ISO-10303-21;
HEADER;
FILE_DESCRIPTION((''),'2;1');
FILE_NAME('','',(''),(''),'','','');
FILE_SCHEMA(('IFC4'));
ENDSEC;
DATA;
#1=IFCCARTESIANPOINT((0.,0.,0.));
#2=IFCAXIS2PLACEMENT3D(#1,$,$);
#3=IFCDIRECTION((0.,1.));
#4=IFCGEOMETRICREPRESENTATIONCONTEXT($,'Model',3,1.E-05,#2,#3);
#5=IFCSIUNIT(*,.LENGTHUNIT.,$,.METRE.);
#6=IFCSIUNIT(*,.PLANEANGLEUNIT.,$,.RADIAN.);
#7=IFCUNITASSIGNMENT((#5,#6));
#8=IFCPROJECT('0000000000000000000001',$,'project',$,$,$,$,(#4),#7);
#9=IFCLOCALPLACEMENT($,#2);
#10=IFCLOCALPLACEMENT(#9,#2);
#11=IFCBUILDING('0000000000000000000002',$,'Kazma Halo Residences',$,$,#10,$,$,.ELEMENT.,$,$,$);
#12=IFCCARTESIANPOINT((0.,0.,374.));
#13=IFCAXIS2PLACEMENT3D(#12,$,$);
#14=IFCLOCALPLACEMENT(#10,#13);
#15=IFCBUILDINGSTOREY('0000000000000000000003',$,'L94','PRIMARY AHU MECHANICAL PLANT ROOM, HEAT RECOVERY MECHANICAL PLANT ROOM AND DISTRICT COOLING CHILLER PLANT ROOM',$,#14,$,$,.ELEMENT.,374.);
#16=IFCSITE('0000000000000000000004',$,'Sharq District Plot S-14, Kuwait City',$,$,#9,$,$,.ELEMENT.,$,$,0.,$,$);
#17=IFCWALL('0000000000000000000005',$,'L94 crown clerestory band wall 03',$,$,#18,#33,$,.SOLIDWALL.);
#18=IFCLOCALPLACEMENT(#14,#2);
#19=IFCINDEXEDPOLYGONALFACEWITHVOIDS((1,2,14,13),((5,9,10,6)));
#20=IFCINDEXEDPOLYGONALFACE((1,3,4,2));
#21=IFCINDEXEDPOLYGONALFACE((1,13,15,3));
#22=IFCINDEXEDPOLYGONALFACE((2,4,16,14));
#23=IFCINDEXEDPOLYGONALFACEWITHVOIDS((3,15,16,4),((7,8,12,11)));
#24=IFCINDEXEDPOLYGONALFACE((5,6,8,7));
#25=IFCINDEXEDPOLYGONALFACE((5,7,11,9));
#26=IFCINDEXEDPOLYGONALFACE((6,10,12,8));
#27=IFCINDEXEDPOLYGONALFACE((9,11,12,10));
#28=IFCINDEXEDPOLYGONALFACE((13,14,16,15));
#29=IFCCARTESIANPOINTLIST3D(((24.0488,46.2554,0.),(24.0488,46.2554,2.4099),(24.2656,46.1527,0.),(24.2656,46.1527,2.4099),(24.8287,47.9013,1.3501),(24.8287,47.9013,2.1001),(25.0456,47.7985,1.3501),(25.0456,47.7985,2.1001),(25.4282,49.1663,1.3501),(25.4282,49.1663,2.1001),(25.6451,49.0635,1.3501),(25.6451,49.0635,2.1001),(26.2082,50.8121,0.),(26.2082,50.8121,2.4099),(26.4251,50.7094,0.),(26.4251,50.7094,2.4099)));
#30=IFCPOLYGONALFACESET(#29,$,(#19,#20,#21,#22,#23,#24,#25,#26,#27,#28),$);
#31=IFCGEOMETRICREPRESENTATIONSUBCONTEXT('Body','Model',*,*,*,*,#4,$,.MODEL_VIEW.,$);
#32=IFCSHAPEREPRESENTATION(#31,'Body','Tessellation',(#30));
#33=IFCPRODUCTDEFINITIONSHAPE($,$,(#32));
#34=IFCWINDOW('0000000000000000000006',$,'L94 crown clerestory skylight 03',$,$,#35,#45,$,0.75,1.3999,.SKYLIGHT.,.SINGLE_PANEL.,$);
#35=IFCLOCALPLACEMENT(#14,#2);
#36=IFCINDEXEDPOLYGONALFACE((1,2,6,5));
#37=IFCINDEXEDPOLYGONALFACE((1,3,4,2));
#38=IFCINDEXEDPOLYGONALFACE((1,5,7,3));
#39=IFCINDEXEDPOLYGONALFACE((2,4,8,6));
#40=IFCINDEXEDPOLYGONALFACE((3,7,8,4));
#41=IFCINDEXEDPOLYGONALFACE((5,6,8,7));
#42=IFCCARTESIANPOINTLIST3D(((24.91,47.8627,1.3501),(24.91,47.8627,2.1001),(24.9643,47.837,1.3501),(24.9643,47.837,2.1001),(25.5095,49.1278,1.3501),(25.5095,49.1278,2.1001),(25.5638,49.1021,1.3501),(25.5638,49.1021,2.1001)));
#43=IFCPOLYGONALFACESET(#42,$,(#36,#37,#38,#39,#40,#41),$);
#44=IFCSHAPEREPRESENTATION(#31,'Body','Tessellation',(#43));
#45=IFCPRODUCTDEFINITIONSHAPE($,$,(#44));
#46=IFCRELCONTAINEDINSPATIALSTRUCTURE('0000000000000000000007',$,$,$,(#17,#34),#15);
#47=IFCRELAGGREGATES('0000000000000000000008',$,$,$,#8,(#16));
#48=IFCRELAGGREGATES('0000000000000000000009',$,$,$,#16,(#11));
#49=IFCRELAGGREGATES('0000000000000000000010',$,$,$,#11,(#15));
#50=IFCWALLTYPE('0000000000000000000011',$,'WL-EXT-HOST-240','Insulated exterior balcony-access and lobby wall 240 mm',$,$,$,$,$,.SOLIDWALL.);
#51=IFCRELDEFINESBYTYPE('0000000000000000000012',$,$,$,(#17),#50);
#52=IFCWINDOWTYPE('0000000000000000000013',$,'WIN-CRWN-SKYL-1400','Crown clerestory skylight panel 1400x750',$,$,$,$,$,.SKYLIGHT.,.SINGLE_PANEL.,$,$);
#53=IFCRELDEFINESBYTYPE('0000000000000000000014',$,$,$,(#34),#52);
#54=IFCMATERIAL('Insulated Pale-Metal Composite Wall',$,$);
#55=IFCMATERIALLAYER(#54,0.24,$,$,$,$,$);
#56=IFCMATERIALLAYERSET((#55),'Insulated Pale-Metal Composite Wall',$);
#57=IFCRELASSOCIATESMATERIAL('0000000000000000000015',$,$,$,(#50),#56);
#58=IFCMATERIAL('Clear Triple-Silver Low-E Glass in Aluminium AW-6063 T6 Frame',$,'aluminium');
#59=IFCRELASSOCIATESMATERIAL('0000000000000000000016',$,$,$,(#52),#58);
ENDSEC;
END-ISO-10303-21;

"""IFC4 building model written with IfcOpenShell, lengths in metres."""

from ifc_helpers import new_model, si_unit, direction, frame, frame_2d, origin, place, context, subcontext, project, spatial, rectangle, extrude, material, layer, layer_set, type_object, element, fill, save


model = new_model("IFC4")

# Units and contexts
model_context = context("Model", 3, precision=1e-05, world=origin(), true_north=direction((0.0, 1.0)))
body_context = subcontext(model_context, "Body", "Model", "MODEL_VIEW")
ifc_project = project(units=[si_unit("LENGTHUNIT", "METRE"), si_unit("PLANEANGLEUNIT", "RADIAN")], contexts=[model_context])

# Site, building, storey
site_placement = place(None, origin())
site = spatial("IfcSite", under=ifc_project, at=site_placement, Name="Sharq District Plot S-14, Kuwait City", CompositionType="ELEMENT", RefElevation=0.0)
building_placement = place(site_placement, origin())
building = spatial("IfcBuilding", under=site, at=building_placement, Name="Kazma Halo Residences", CompositionType="ELEMENT")
storey_placement = place(building_placement, frame((0.0, 0.0, 374.0)))
storey = spatial("IfcBuildingStorey", under=building, at=storey_placement, Name="L94", Description="PRIMARY AHU MECHANICAL PLANT ROOM, HEAT RECOVERY MECHANICAL PLANT ROOM AND DISTRICT COOLING CHILLER PLANT ROOM", CompositionType="ELEMENT", Elevation=374.0)

# Wall, opening, window
ifc_material_1 = material(Name="Insulated Pale-Metal Composite Wall")
ifc_layer_1 = layer(ifc_material_1, 0.24)
ifc_layer_set_1 = layer_set([ifc_layer_1], Name="Insulated Pale-Metal Composite Wall")
wall_type_1 = type_object("IfcWallType", Name="WL-EXT-HOST-240", Description="Insulated exterior balcony-access and lobby wall 240 mm", PredefinedType="SOLIDWALL", material=ifc_layer_set_1)
ifc_material_2 = material(Name="Clear Triple-Silver Low-E Glass in Aluminium AW-6063 T6 Frame", Category="aluminium")
window_type = type_object("IfcWindowType", Name="WIN-CRWN-SKYL-1400", Description="Crown clerestory skylight panel 1400x750", PartitioningType="SINGLE_PANEL", PredefinedType="SKYLIGHT", material=ifc_material_2)
wall_1_placement = place(storey_placement, frame((26.3167, 50.7607, 0.0), z_axis=(0.0, 0.0, 1.0), x_axis=(-0.428251, -0.90366, 0.0)))
wall_1 = element("IfcWall", 1, at=wall_1_placement, inside=storey, type_object=wall_type_1, Name="L94 crown clerestory band wall 03", PredefinedType="SOLIDWALL", context=body_context, shape_type="SweptSolid", body=[
    extrude(rectangle(XDim=5.0425, YDim=0.24, at=frame_2d((2.5212, 0.0))), origin(), (0.0, 0.0, 1.0), 2.4099),
])
opening_1_placement = place(wall_1_placement, frame((1.8213, 0.0, 1.3501)))
opening_1 = element("IfcOpeningElement", 2, at=opening_1_placement, cuts=wall_1, PredefinedType="OPENING", context=body_context, shape_type="SweptSolid", body=[
    extrude(rectangle(XDim=1.3999, YDim=0.75, at=frame_2d((0.7, 0.375))), frame((0.0, 0.1299, 0.0), z_axis=(0.0, -1.0, 0.0), x_axis=(1.0, 0.0, 0.0)), (0.0, 0.0, 1.0), 0.26),
])
window_1_placement = place(opening_1_placement, origin())
window_1 = element("IfcWindow", 3, at=window_1_placement, inside=storey, type_object=window_type, Name="L94 crown clerestory skylight 03", OverallHeight=0.75, OverallWidth=1.3999, PartitioningType="SINGLE_PANEL", PredefinedType="SKYLIGHT", context=body_context, shape_type="SweptSolid", body=[
    extrude(rectangle(XDim=1.3999, YDim=0.75, at=frame_2d((0.7, 0.375))), frame((0.0, 0.03, 0.0), z_axis=(0.0, -1.0, 0.0), x_axis=(1.0, 0.0, 0.0)), (0.0, 0.0, 1.0), 0.0601),
])
fill(opening_1, window_1)

save(model, "model.ifc")
